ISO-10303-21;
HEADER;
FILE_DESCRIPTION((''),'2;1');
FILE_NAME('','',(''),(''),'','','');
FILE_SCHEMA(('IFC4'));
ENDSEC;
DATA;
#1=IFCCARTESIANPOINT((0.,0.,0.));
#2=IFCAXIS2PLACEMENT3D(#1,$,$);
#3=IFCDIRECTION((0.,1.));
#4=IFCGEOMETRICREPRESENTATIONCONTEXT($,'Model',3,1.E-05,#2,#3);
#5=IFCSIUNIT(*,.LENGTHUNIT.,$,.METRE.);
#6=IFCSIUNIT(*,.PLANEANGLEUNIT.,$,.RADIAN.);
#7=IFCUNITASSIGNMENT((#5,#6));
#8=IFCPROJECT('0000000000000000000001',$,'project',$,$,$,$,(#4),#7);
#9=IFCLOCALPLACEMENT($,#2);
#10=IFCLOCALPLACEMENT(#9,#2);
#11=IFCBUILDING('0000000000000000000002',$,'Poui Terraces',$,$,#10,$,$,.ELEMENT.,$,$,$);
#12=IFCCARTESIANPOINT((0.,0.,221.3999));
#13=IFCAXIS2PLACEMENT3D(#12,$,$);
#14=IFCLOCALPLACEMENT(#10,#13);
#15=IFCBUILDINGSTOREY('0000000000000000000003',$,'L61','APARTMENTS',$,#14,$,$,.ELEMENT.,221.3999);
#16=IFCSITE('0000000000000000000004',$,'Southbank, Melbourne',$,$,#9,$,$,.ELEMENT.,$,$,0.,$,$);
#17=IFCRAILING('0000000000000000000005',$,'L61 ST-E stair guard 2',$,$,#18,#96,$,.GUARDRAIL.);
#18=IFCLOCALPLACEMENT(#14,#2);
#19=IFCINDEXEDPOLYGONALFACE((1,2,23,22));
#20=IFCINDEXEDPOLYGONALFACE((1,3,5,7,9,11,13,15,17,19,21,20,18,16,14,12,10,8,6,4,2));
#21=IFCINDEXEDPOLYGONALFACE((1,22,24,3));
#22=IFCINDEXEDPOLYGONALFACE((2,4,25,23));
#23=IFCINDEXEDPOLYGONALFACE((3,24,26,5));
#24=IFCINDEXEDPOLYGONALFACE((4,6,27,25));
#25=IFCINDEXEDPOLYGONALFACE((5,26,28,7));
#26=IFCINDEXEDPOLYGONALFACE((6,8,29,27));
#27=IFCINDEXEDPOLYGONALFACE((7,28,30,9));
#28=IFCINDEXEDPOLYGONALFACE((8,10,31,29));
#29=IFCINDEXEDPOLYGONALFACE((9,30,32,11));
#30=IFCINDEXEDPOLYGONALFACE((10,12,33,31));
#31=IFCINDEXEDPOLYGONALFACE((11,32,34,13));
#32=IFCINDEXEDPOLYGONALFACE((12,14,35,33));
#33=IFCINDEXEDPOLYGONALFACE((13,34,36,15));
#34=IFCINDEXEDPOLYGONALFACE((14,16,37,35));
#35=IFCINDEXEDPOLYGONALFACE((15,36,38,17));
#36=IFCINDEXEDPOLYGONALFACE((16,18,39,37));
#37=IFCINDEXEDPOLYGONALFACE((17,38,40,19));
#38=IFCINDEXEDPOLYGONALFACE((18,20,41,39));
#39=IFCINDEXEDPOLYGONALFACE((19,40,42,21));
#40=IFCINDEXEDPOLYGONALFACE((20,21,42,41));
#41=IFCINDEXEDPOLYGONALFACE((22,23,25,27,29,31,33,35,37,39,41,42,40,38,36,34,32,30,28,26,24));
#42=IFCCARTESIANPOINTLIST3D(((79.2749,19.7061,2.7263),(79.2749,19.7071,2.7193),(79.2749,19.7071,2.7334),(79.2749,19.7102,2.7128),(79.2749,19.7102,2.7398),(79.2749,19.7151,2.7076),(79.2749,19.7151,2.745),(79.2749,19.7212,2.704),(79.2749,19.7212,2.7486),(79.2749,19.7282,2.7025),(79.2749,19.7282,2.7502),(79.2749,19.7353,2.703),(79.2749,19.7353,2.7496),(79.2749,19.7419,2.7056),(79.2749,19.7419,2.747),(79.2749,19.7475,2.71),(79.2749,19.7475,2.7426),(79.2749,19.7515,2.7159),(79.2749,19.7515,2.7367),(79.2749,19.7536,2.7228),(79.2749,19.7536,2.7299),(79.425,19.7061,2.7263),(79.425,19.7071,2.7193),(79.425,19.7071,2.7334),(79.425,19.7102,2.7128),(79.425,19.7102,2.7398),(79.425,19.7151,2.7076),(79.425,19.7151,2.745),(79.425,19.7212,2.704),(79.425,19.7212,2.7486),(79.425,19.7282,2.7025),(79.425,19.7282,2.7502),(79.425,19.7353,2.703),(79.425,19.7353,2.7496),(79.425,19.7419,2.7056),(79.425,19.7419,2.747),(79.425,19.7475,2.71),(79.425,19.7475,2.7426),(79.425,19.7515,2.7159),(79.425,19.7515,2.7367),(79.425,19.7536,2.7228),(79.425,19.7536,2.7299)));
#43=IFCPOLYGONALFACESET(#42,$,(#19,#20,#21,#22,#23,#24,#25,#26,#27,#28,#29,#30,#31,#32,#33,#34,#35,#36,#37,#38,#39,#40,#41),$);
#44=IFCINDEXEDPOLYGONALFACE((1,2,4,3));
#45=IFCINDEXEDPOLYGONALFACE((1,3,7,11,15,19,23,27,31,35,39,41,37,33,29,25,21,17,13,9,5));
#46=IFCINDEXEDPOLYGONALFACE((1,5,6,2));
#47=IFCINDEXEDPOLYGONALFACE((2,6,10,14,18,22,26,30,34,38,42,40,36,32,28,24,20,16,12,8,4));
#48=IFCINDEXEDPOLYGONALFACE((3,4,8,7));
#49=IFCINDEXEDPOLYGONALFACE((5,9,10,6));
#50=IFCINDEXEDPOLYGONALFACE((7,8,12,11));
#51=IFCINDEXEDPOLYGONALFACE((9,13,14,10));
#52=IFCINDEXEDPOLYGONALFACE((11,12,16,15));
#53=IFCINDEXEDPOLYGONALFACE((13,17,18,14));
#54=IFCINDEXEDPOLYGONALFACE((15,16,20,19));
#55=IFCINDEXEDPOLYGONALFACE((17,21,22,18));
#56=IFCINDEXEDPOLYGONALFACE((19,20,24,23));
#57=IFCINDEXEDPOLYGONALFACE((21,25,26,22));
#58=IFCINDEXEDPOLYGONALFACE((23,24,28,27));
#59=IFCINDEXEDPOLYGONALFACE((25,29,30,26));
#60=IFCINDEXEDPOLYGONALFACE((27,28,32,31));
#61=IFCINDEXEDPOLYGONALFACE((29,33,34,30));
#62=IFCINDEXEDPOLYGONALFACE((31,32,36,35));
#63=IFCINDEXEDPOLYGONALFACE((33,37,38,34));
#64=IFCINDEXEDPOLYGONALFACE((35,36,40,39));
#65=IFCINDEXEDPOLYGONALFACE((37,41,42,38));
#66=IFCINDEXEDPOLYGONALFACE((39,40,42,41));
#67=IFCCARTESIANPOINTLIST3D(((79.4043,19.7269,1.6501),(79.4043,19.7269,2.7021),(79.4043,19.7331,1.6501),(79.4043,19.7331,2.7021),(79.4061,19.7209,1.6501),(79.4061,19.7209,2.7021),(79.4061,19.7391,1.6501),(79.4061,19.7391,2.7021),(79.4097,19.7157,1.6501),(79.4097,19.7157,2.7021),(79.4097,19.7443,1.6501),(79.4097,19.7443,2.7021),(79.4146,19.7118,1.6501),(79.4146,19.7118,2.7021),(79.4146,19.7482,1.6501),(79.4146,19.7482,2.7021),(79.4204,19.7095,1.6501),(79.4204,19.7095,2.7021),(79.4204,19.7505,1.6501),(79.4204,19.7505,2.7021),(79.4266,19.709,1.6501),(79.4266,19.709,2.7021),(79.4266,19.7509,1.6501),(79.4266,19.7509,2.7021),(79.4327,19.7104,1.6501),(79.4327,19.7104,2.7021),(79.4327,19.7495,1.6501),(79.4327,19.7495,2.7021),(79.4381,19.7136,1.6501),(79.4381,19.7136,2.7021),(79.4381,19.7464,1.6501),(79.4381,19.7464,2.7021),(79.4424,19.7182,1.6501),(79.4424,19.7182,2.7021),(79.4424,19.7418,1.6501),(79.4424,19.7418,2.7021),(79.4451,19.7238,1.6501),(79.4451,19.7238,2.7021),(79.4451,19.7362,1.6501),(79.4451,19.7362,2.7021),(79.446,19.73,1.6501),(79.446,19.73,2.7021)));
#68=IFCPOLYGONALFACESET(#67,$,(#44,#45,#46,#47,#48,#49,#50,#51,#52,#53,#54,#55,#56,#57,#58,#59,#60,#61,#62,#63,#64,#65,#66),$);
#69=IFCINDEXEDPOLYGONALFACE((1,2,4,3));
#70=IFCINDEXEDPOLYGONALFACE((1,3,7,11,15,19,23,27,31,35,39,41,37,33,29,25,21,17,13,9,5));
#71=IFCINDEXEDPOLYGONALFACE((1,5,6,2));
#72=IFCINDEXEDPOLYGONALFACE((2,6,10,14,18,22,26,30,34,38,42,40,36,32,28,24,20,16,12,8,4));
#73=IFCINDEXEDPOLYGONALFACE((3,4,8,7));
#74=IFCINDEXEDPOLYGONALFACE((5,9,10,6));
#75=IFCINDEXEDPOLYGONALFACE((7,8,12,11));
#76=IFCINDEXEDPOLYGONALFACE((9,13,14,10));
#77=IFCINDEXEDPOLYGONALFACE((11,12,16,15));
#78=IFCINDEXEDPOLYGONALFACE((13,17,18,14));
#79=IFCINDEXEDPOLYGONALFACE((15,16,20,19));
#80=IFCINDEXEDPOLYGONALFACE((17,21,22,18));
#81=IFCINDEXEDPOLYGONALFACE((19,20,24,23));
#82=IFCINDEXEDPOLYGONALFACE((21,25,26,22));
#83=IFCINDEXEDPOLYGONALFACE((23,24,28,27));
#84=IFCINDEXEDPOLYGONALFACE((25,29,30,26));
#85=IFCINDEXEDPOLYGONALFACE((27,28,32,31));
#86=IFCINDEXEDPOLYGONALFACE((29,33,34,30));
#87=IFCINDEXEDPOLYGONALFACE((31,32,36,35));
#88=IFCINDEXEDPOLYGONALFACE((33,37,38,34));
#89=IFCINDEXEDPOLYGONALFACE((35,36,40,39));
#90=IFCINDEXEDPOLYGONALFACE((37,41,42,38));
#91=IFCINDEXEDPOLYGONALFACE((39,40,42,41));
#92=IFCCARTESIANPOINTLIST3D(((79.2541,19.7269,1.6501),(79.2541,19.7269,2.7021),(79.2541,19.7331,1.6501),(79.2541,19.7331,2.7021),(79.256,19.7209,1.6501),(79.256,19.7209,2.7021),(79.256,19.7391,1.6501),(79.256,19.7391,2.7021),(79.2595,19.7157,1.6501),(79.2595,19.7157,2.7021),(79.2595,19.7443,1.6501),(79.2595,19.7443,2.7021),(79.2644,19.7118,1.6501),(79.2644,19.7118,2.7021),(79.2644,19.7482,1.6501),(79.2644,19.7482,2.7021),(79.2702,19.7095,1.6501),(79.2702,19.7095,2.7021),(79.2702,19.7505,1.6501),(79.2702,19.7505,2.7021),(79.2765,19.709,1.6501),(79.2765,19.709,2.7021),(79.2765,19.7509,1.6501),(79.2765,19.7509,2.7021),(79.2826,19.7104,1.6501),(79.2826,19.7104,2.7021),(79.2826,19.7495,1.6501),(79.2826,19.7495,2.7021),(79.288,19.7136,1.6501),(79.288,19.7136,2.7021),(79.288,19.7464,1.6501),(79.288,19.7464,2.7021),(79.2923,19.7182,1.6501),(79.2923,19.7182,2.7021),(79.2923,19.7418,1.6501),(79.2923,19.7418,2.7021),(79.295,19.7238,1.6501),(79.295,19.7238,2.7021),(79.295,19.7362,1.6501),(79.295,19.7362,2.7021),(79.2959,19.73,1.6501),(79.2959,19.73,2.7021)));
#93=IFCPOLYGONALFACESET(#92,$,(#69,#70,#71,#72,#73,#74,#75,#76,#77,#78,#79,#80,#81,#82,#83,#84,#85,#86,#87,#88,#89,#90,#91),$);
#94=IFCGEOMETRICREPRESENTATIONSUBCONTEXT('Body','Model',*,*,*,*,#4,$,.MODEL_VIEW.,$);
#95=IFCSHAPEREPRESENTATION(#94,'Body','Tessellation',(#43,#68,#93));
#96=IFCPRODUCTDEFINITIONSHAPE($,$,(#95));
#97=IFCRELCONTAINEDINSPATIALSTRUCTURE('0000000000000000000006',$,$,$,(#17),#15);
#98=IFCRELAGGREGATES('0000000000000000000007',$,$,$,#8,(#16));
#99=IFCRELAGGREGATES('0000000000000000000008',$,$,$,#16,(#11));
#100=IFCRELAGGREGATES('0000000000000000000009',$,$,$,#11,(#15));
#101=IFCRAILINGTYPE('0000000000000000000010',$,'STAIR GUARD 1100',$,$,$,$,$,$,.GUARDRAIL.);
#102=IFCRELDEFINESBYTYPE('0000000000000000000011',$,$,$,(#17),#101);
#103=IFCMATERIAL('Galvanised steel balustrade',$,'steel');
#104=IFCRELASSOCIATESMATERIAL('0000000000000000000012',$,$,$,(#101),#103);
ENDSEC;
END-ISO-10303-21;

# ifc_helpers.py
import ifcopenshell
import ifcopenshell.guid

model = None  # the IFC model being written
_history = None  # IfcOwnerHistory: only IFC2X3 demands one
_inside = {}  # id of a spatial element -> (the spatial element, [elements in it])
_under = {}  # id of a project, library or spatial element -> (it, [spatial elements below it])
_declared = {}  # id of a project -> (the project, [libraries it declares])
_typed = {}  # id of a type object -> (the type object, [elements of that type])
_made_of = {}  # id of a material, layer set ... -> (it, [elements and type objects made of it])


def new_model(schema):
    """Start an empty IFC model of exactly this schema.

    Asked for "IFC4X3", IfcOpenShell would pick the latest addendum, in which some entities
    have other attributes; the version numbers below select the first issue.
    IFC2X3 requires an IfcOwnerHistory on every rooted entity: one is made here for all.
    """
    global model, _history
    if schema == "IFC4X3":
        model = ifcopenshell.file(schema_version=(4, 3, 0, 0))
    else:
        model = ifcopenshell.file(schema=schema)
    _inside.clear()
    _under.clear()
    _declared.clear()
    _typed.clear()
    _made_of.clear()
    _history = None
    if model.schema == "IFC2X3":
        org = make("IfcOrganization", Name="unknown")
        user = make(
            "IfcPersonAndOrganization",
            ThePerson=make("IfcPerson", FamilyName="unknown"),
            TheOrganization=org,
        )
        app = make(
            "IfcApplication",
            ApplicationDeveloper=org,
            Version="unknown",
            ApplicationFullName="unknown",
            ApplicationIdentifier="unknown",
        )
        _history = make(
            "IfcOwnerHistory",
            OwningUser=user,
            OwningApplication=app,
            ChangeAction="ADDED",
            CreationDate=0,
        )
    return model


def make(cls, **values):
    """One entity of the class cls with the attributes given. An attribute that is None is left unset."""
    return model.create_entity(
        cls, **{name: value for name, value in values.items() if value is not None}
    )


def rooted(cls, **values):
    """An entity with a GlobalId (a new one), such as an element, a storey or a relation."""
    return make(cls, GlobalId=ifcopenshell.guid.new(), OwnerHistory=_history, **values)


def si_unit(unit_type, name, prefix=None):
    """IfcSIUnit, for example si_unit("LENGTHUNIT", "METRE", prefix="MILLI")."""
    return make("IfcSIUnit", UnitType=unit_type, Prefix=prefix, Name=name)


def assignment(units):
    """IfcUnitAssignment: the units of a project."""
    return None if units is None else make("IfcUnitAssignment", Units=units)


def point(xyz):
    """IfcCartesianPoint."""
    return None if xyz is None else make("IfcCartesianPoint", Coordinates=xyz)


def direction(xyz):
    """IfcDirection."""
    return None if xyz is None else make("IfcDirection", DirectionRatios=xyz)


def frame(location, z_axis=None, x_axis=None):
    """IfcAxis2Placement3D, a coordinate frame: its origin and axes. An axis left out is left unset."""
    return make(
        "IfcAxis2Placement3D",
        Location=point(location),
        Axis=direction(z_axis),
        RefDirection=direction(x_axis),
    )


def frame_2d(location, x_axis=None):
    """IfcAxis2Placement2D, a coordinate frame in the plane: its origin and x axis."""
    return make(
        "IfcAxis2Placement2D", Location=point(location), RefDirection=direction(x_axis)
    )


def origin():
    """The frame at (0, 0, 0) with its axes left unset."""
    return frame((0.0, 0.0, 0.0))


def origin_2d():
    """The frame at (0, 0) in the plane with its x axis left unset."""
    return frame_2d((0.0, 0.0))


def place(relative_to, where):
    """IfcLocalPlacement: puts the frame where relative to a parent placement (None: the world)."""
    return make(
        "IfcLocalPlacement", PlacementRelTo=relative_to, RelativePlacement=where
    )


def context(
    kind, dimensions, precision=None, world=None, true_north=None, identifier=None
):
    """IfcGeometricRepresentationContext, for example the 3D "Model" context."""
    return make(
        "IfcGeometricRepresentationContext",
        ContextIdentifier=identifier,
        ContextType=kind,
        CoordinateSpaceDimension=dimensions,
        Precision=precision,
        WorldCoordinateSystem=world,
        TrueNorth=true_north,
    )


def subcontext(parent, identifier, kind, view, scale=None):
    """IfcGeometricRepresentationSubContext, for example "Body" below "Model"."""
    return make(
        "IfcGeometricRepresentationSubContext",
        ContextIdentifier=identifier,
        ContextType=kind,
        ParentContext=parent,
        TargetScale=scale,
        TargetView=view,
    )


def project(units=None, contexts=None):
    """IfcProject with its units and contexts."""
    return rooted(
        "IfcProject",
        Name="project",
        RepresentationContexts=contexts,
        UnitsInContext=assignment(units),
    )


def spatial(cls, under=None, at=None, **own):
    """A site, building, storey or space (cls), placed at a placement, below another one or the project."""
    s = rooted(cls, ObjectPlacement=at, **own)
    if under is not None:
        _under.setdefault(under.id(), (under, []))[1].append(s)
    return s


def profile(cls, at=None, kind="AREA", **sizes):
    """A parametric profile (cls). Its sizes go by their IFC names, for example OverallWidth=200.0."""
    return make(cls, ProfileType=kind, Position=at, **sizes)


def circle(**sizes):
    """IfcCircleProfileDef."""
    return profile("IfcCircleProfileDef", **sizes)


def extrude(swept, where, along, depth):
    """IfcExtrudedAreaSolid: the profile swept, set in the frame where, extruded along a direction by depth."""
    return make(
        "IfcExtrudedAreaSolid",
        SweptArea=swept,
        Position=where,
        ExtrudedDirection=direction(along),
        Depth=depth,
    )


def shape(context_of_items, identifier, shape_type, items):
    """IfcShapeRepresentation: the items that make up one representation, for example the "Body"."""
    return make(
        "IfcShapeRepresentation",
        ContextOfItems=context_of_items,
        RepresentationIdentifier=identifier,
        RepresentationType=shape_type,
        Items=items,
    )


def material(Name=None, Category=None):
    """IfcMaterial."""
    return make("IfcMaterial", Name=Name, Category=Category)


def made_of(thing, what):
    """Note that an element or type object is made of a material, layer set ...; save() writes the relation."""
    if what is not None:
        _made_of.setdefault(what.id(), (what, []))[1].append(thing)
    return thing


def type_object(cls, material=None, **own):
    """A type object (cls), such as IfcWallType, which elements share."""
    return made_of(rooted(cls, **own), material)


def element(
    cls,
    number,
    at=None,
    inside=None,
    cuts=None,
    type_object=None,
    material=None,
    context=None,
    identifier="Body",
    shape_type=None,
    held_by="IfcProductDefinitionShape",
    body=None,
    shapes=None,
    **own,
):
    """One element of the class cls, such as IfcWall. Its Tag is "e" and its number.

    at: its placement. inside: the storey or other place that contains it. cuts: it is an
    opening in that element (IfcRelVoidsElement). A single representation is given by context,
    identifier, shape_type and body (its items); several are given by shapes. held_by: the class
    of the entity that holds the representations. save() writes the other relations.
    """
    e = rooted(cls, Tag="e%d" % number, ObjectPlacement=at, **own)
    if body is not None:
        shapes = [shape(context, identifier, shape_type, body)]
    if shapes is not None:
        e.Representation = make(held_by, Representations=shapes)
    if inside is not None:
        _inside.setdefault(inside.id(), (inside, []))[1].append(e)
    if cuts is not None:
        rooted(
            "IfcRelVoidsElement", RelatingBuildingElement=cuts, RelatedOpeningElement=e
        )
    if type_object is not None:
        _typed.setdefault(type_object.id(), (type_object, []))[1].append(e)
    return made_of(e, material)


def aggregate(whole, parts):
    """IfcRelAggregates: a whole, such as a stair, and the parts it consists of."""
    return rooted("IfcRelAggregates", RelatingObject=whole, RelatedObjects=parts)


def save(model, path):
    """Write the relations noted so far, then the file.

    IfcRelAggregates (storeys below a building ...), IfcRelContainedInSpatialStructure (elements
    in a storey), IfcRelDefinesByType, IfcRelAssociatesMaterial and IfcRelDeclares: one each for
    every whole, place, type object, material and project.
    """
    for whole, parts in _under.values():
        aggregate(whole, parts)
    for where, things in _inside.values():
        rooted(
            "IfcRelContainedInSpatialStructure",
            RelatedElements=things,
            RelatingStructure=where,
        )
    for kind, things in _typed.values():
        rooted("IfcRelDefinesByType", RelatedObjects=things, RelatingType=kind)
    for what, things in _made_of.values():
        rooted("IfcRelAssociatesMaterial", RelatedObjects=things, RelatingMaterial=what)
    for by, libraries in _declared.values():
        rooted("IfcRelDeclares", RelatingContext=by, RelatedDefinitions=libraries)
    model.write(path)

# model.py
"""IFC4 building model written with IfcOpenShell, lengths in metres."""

from ifc_helpers import new_model, si_unit, direction, frame, origin, origin_2d, place, context, subcontext, project, spatial, circle, extrude, material, type_object, element, save


model = new_model("IFC4")

# Units and contexts
model_context = context("Model", 3, precision=1e-05, world=origin(), true_north=direction((0.0, 1.0)))
body_context = subcontext(model_context, "Body", "Model", "MODEL_VIEW")
ifc_project = project(units=[si_unit("LENGTHUNIT", "METRE"), si_unit("PLANEANGLEUNIT", "RADIAN")], contexts=[model_context])

# Site, building, storey
site_placement = place(None, origin())
site = spatial("IfcSite", under=ifc_project, at=site_placement, Name="Southbank, Melbourne", CompositionType="ELEMENT", RefElevation=0.0)
building_placement = place(site_placement, origin())
building = spatial("IfcBuilding", under=site, at=building_placement, Name="Poui Terraces", CompositionType="ELEMENT")
storey_placement = place(building_placement, frame((0.0, 0.0, 221.3999)))
storey = spatial("IfcBuildingStorey", under=building, at=storey_placement, Name="L61", Description="APARTMENTS", CompositionType="ELEMENT", Elevation=221.3999)

# Railing
ifc_material_1 = material(Name="Galvanised steel balustrade", Category="steel")
railing_type_1 = type_object("IfcRailingType", Name="STAIR GUARD 1100", PredefinedType="GUARDRAIL", material=ifc_material_1)
railing_1_placement = place(storey_placement, frame((79.425, 19.73, 1.6501)))
element("IfcRailing", 1, at=railing_1_placement, inside=storey, type_object=railing_type_1, Name="L61 ST-E stair guard 2", PredefinedType="GUARDRAIL", context=body_context, shape_type="SweptSolid", body=[
    extrude(circle(Radius=0.0239, at=origin_2d()), frame((0.0, 0.0, 1.0762), z_axis=(-1.0, 0.0, 0.0), x_axis=(0.0, -1.0, 0.0)), (0.0, 0.0, 1.0), 0.1501),
    extrude(circle(Radius=0.021, at=origin_2d()), origin(), (0.0, 0.0, 1.0), 1.052),
    extrude(circle(Radius=0.021, at=origin_2d()), frame((-0.1501, 0.0, 0.0)), (0.0, 0.0, 1.0), 1.052),
])

save(model, "model.ifc")
